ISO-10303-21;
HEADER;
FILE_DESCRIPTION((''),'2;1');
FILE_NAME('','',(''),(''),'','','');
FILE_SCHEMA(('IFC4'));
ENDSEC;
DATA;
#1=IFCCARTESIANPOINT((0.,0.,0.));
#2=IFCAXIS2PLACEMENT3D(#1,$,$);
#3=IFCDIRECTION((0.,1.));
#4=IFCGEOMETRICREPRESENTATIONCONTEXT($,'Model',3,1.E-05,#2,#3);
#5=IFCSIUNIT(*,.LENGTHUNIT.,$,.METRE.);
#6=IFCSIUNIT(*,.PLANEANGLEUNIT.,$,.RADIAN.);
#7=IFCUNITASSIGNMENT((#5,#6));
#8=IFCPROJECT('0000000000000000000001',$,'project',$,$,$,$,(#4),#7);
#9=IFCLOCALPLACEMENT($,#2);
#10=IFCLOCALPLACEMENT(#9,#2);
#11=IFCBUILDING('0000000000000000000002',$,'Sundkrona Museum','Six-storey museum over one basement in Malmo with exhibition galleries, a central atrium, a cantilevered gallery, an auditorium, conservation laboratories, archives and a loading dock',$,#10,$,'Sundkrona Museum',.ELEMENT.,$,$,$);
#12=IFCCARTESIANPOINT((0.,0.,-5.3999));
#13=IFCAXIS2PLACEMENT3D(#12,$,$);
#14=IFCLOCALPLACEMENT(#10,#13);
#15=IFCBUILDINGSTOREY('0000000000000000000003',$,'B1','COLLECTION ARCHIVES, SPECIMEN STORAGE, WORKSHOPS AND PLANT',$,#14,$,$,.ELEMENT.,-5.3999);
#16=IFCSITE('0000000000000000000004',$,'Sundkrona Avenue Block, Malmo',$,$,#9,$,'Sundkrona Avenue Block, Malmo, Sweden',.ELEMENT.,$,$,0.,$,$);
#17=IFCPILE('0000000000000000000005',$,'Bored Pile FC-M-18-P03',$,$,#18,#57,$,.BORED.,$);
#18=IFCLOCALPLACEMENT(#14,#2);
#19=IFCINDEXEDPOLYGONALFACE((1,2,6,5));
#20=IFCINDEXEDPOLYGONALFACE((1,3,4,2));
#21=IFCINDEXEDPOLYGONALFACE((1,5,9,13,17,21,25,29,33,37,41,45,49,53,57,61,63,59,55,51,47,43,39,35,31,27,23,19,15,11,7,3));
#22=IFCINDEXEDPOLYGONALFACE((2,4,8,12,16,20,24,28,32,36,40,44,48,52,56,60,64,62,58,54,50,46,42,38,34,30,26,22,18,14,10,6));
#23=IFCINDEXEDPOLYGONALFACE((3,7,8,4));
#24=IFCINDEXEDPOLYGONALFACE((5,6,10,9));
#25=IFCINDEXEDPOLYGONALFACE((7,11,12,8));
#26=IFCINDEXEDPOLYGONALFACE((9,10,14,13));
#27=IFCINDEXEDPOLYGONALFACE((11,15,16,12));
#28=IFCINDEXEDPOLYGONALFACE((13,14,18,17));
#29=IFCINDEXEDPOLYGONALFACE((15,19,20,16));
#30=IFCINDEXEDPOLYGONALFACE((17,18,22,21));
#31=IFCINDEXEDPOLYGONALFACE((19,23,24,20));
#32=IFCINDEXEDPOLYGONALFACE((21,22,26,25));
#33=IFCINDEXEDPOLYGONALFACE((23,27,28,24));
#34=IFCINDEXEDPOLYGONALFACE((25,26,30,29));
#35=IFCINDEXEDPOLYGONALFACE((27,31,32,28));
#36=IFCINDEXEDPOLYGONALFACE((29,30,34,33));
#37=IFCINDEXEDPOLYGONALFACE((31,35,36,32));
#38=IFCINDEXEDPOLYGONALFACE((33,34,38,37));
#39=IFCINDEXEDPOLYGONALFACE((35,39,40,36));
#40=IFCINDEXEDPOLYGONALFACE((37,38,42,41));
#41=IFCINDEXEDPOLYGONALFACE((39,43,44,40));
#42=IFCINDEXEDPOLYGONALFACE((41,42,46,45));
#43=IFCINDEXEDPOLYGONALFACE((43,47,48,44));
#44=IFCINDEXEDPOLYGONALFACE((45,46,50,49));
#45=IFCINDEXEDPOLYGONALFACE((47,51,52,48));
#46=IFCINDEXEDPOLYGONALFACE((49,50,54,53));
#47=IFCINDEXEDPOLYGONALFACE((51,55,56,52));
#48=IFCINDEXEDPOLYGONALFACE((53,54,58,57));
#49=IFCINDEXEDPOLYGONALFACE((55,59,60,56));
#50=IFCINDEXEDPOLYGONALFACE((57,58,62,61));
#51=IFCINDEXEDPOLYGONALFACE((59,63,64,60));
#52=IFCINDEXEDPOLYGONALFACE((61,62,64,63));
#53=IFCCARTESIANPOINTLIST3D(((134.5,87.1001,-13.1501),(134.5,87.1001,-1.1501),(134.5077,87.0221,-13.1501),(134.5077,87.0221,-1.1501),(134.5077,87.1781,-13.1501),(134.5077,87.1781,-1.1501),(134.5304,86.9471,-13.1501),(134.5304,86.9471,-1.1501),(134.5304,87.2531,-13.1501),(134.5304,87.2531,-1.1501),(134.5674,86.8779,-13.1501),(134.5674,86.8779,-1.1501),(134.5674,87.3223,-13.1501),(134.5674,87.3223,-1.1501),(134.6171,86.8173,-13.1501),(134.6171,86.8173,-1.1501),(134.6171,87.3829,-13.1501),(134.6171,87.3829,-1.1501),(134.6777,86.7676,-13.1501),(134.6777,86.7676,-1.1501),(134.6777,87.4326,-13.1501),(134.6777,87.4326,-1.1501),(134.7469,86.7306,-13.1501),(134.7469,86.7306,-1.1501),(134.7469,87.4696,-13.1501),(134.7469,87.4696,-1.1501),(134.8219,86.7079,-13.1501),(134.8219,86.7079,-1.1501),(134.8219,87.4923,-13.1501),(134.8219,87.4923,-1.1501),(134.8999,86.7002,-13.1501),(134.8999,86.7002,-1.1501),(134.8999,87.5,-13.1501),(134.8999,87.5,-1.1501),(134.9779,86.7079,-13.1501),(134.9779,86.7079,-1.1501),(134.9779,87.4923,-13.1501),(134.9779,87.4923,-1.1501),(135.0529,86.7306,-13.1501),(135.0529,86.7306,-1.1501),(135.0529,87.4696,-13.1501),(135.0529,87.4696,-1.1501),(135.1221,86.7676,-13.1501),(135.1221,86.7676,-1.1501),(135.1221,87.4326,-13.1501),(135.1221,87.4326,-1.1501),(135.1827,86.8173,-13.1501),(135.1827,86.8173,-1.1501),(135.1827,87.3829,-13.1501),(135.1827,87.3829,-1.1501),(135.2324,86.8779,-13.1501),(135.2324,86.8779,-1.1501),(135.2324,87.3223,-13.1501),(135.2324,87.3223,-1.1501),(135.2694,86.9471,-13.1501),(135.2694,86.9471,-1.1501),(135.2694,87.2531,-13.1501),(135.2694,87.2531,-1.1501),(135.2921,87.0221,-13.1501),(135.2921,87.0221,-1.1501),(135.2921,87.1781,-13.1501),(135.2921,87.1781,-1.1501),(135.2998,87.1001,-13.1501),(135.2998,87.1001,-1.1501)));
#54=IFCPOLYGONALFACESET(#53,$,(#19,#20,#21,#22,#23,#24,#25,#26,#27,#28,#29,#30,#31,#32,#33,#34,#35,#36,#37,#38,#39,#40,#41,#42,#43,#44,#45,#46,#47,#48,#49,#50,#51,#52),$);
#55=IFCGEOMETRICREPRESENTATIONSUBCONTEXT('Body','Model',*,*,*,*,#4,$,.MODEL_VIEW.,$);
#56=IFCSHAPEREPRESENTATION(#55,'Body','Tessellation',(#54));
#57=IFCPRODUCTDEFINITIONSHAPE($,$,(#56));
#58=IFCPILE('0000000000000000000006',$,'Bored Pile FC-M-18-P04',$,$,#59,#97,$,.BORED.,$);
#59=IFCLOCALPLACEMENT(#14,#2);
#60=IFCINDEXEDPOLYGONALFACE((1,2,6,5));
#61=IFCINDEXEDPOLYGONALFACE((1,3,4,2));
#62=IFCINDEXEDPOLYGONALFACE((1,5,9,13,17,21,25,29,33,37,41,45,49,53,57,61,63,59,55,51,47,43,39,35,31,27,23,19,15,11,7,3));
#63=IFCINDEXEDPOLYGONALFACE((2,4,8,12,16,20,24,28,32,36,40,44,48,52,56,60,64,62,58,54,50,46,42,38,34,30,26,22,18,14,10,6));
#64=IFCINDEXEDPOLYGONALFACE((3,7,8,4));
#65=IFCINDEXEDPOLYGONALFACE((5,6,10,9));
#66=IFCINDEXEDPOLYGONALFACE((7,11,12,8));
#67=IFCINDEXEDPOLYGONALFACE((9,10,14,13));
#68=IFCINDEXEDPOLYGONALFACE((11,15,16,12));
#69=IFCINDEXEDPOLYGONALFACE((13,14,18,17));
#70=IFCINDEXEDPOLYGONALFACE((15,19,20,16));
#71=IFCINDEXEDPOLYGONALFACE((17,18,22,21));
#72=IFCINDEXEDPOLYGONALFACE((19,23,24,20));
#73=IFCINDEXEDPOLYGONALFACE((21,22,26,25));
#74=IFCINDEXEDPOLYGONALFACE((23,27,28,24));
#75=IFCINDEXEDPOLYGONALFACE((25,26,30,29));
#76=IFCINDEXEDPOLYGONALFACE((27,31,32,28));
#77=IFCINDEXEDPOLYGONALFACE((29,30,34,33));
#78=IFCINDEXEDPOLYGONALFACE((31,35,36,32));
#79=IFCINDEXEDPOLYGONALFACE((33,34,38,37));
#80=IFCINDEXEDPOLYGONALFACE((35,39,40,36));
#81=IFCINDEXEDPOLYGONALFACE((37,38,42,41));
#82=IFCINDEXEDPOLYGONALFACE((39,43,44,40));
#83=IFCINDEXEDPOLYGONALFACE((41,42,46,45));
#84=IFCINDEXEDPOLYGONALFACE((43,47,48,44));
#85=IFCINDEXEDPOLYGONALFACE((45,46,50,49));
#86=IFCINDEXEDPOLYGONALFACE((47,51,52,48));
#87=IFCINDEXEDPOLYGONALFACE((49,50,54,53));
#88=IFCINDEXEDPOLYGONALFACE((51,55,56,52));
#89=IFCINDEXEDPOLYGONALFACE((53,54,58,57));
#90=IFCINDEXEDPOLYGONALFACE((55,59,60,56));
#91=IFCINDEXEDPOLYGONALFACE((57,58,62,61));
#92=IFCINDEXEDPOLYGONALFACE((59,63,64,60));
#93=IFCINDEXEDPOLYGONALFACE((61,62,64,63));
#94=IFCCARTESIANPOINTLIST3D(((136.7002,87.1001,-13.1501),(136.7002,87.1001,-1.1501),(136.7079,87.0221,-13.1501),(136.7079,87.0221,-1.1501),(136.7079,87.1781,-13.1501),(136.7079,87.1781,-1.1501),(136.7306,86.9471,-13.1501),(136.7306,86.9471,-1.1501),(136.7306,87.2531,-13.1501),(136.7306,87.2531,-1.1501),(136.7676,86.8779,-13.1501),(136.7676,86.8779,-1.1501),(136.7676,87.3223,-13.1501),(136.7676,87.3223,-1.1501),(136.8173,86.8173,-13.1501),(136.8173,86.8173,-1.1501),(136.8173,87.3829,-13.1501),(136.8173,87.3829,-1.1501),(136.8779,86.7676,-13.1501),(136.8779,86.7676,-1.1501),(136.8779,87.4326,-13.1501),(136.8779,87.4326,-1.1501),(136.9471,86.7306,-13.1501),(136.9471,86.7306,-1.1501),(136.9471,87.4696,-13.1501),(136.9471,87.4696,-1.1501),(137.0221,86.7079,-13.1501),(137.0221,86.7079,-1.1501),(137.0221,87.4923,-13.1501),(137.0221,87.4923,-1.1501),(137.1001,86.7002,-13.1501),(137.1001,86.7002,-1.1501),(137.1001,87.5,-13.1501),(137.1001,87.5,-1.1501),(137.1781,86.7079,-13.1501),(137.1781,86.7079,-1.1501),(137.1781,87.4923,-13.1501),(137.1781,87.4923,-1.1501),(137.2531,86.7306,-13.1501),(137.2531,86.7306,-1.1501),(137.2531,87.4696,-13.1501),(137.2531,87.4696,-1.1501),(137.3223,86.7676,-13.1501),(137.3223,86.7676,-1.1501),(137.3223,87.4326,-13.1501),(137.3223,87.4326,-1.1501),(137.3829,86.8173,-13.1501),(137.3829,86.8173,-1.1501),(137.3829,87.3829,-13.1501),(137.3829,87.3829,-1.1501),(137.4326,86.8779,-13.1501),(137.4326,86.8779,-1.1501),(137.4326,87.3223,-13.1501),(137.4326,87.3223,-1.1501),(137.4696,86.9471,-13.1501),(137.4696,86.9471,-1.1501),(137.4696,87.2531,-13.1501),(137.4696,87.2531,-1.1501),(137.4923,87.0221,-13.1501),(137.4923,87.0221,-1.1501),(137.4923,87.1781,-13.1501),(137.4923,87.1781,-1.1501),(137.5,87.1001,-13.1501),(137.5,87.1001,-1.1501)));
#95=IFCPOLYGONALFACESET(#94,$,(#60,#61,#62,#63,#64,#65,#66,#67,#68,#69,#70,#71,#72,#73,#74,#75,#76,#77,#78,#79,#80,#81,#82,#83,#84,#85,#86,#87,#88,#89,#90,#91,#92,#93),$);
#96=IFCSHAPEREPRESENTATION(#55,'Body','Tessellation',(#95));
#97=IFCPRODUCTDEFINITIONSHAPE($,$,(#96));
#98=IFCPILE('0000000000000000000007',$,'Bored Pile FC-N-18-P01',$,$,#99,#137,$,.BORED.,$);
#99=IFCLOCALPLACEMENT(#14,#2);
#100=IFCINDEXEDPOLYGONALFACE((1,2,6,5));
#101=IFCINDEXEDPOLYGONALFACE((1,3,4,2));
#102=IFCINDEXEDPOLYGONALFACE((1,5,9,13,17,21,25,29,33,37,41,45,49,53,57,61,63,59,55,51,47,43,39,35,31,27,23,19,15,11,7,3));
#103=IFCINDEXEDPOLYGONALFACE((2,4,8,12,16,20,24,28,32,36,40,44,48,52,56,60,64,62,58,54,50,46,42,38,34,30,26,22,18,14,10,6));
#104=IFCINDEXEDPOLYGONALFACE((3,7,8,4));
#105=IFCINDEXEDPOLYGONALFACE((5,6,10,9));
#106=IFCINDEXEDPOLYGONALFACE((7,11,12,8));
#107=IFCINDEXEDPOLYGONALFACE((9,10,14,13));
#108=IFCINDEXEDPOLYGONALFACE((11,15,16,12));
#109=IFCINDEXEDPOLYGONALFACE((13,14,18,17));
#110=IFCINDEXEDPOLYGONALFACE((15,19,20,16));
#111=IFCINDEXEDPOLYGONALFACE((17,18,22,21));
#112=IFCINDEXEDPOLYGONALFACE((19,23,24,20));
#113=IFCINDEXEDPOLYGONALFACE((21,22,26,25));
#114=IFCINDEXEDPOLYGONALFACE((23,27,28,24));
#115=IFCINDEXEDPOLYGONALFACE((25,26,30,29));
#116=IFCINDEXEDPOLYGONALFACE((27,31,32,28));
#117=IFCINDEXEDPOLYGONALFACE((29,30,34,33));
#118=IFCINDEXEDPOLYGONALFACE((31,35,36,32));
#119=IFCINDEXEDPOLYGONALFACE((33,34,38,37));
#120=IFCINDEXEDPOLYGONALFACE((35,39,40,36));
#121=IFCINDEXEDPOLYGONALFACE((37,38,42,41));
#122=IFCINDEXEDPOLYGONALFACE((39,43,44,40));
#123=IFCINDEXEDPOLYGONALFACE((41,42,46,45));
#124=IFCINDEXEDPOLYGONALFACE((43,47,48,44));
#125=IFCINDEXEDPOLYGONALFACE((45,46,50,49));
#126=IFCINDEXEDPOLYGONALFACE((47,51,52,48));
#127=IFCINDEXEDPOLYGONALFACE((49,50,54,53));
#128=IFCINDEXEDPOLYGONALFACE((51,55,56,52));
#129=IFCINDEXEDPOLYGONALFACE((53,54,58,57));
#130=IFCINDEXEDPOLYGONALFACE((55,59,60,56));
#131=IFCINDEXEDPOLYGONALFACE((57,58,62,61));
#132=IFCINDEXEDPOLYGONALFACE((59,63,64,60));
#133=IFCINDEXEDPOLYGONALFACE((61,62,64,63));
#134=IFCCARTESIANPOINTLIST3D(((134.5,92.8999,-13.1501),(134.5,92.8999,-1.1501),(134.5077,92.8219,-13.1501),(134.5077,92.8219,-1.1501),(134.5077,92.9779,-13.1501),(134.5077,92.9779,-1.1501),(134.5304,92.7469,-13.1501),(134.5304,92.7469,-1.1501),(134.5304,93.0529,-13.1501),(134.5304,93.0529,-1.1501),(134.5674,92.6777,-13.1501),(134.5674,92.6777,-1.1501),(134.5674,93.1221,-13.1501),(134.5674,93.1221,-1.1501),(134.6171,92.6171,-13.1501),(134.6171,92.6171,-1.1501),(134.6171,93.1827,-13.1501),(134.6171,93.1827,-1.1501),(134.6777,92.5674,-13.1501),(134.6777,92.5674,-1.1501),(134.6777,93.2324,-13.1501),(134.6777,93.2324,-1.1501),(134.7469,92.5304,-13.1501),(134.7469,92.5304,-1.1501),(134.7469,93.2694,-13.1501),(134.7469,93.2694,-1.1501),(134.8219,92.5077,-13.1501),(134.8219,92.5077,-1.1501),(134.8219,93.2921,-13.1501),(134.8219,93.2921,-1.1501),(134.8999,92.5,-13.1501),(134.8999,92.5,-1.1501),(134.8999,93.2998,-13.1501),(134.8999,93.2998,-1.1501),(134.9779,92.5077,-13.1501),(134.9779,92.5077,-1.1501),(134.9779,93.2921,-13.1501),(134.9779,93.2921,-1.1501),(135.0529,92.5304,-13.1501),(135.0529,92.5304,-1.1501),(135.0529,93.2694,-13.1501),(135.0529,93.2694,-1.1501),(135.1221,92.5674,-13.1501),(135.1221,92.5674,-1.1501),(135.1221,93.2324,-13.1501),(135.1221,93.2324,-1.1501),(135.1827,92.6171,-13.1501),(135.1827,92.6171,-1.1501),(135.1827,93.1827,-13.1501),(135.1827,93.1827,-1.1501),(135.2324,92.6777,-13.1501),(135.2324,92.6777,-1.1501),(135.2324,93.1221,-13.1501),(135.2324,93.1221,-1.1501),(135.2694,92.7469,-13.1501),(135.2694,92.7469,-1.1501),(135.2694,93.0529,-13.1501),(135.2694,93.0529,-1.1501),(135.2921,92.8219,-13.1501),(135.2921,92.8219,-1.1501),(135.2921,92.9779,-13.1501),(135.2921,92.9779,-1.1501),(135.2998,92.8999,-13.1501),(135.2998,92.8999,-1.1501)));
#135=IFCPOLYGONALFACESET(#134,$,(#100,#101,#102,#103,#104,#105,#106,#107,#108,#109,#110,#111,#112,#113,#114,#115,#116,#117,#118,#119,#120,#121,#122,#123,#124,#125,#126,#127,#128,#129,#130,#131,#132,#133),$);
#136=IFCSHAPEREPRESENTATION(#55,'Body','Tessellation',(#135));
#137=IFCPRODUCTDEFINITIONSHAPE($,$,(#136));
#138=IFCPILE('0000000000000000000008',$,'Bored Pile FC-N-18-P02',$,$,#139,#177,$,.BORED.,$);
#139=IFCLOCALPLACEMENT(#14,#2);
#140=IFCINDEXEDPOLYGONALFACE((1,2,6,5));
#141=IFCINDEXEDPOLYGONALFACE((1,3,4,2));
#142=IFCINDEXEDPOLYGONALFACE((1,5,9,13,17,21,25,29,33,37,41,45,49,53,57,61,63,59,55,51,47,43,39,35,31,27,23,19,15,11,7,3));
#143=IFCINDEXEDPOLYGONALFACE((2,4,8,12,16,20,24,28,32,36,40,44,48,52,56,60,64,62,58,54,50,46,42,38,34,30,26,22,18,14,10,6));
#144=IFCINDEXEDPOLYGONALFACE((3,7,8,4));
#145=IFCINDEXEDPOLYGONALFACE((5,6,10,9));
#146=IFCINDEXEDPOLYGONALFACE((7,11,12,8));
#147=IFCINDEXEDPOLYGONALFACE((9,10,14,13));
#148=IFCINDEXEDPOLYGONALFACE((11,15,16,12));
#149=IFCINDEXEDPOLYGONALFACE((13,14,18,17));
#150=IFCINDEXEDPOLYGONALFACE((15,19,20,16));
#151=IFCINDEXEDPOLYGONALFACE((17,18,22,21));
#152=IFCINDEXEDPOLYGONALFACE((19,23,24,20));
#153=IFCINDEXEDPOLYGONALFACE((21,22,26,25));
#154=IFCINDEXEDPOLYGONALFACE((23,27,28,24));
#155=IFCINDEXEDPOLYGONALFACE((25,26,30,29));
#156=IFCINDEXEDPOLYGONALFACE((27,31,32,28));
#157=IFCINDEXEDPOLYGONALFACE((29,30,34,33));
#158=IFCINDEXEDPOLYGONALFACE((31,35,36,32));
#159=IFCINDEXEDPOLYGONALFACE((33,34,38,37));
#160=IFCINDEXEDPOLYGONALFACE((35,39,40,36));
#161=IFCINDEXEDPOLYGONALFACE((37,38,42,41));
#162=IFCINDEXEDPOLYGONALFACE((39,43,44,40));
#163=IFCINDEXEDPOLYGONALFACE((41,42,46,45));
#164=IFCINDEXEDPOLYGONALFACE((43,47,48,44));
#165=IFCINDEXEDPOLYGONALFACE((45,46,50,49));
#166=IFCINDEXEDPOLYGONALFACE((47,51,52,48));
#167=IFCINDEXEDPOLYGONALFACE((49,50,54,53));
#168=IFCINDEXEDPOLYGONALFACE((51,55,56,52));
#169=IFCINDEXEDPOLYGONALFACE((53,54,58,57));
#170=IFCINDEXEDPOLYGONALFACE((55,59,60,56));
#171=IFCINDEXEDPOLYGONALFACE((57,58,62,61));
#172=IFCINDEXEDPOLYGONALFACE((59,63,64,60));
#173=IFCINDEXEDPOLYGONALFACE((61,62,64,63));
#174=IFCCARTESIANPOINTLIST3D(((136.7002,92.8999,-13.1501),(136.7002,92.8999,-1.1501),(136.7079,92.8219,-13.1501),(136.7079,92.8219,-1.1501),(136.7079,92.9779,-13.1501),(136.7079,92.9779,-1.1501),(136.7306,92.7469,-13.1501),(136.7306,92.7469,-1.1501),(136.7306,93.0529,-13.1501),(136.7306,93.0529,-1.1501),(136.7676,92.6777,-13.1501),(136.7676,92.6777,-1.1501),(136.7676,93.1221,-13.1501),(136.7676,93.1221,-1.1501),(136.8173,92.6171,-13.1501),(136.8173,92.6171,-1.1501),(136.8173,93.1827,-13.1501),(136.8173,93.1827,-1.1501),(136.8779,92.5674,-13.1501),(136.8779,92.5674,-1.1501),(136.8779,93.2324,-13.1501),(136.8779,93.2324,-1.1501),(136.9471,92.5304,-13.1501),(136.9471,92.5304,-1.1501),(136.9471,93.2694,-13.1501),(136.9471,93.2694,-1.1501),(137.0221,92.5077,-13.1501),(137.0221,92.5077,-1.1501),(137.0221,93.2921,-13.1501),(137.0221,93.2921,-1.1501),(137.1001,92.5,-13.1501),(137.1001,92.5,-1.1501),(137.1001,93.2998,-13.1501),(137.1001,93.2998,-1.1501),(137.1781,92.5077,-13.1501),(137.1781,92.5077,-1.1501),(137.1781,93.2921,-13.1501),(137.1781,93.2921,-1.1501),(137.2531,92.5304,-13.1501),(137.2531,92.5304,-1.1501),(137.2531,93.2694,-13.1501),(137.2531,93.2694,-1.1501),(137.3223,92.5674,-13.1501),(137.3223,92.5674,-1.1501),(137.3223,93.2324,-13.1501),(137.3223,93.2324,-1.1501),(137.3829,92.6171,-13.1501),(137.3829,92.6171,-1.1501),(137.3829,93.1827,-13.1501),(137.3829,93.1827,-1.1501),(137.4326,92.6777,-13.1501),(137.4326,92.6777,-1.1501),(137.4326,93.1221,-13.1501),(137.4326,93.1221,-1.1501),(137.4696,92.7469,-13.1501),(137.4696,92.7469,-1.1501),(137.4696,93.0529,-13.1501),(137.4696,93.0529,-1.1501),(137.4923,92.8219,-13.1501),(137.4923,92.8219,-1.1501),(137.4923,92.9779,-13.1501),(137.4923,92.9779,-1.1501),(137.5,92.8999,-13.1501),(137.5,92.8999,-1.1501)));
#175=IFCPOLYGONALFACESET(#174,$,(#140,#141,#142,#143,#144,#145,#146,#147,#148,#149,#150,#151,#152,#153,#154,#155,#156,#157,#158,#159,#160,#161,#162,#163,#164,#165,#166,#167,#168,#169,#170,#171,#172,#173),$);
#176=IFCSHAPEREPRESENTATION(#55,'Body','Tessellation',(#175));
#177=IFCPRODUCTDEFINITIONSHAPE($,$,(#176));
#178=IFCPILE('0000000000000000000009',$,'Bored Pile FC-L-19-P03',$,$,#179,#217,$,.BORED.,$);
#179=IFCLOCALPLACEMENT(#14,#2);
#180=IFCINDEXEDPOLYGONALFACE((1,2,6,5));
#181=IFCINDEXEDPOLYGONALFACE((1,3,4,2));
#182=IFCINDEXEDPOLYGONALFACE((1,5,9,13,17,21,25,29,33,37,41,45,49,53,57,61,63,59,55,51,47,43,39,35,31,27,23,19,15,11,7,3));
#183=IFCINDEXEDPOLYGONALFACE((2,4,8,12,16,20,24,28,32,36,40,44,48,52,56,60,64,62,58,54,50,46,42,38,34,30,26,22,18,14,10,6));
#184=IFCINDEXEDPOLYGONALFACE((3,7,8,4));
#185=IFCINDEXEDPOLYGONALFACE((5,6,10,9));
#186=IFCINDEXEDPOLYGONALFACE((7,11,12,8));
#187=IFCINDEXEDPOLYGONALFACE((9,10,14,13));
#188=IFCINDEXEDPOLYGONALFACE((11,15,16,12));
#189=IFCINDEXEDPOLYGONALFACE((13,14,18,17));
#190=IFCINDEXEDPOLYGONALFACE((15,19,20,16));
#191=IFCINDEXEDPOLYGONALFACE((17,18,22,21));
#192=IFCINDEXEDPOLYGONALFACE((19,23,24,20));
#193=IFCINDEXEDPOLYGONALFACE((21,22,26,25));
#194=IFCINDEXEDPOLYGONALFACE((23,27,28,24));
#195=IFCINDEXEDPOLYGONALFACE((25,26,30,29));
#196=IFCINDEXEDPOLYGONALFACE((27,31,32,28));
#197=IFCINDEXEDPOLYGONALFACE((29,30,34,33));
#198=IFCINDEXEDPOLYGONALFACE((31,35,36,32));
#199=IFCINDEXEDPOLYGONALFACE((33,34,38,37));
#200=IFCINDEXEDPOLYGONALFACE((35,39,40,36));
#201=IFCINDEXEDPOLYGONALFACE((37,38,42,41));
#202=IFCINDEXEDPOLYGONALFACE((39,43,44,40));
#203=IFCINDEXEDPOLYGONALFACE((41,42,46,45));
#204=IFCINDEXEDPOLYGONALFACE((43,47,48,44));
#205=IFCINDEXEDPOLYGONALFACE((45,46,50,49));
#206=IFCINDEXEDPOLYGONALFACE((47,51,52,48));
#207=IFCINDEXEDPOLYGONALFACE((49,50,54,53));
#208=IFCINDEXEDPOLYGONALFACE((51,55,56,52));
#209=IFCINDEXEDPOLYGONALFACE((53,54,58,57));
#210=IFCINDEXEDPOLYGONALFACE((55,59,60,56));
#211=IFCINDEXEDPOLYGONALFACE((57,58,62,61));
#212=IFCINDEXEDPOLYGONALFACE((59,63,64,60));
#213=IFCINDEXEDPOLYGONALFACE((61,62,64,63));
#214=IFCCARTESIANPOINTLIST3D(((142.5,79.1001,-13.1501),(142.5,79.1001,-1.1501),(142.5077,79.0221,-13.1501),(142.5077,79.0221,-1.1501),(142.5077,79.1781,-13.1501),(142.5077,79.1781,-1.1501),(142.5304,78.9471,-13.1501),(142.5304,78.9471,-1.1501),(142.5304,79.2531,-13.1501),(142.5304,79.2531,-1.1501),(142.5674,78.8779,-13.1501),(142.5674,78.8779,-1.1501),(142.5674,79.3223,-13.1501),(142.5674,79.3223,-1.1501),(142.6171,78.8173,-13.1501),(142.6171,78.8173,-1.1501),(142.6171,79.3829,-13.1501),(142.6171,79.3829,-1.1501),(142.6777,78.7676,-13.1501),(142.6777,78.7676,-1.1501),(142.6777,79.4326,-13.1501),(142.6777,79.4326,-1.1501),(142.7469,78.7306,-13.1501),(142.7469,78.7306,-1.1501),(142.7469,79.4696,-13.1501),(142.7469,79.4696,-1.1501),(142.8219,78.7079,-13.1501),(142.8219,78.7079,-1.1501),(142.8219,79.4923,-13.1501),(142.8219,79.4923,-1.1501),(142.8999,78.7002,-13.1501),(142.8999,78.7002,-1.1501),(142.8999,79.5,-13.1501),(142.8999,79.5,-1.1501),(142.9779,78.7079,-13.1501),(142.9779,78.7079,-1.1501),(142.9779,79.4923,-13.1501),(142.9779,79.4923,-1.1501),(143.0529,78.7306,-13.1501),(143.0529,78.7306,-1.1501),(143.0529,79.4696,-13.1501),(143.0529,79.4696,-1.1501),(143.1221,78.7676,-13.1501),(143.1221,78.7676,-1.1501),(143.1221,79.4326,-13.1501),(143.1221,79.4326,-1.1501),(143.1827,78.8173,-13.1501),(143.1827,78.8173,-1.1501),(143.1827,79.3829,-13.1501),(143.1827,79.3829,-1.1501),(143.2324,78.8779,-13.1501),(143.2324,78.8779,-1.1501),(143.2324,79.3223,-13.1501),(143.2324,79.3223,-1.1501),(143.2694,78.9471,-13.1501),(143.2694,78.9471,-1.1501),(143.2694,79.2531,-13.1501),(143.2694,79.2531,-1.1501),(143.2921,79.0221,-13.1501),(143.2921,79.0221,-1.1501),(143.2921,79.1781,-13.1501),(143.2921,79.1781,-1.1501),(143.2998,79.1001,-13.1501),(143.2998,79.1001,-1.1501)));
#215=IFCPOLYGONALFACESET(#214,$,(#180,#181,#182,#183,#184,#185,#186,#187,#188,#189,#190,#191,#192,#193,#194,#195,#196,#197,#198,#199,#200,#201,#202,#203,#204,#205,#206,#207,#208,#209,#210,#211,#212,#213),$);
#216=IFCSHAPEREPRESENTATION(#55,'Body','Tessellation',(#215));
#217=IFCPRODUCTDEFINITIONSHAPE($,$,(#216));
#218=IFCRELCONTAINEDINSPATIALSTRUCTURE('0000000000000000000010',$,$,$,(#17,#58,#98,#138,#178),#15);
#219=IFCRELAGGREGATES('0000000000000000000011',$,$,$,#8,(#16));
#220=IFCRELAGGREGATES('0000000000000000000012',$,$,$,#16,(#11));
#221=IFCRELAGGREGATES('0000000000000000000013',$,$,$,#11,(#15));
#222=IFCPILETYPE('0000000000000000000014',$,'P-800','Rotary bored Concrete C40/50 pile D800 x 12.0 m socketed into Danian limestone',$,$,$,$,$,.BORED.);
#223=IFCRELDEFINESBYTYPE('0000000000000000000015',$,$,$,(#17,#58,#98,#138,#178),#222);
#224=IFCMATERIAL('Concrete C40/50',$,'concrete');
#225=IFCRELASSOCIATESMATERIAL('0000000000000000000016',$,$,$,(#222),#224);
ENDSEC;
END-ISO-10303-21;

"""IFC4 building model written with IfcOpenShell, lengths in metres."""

from ifc_helpers import new_model, si_unit, direction, frame, origin, origin_2d, place, context, subcontext, project, spatial, circle, extrude, material, material_profile, profile_set, type_object, element, save


model = new_model("IFC4")

# Units and contexts
model_context = context("Model", 3, precision=1e-05, world=origin(), true_north=direction((0.0, 1.0)))
body_context = subcontext(model_context, "Body", "Model", "MODEL_VIEW")
ifc_project = project(units=[si_unit("LENGTHUNIT", "METRE"), si_unit("PLANEANGLEUNIT", "RADIAN")], contexts=[model_context])

# Site, building, storey
site_placement = place(None, origin())
site = spatial("IfcSite", under=ifc_project, at=site_placement, Name="Sundkrona Avenue Block, Malmo", LongName="Sundkrona Avenue Block, Malmo, Sweden", CompositionType="ELEMENT", RefElevation=0.0)
building_placement = place(site_placement, origin())
building = spatial("IfcBuilding", under=site, at=building_placement, Name="Sundkrona Museum", Description="Six-storey museum over one basement in Malmo with exhibition galleries, a central atrium, a cantilevered gallery, an auditorium, conservation laboratories, archives and a loading dock", LongName="Sundkrona Museum", CompositionType="ELEMENT")
storey_placement = place(building_placement, frame((0.0, 0.0, -5.3999)))
storey = spatial("IfcBuildingStorey", under=building, at=storey_placement, Name="B1", Description="COLLECTION ARCHIVES, SPECIMEN STORAGE, WORKSHOPS AND PLANT", CompositionType="ELEMENT", Elevation=-5.3999)

# Shared definitions
ifc_material_1 = material(Name="Concrete C40/50", Category="concrete")

# Piles
ifc_material_profile_1 = material_profile(ifc_material_1, circle(Radius=0.3999, at=origin_2d()), Name="PILE D800")
ifc_profile_set_1 = profile_set([ifc_material_profile_1], Name="Concrete C40/50")
pile_type = type_object("IfcPileType", Name="P-800", Description="Rotary bored Concrete C40/50 pile D800 x 12.0 m socketed into Danian limestone", PredefinedType="BORED", material=ifc_profile_set_1)
for number, where, z_axis, x_axis, name in (
    (1, (134.8999, 87.1001, -1.1501), (0.0, 0.0, -1.0), (1.0, 0.0, 0.0), "Bored Pile FC-M-18-P03"),
    (2, (137.1001, 87.1001, -1.1501), (0.0, 0.0, -1.0), (1.0, 0.0, 0.0), "Bored Pile FC-M-18-P04"),
    (3, (134.8999, 92.8999, -1.1501), (0.0, 0.0, -1.0), (1.0, 0.0, 0.0), "Bored Pile FC-N-18-P01"),
    (4, (137.1001, 92.8999, -1.1501), (0.0, 0.0, -1.0), (1.0, 0.0, 0.0), "Bored Pile FC-N-18-P02"),
    (5, (142.8999, 79.1001, -1.1501), (0.0, 0.0, -1.0), (1.0, 0.0, 0.0), "Bored Pile FC-L-19-P03"),
):
    element("IfcPile", number, at=place(storey_placement, frame(where, z_axis=z_axis, x_axis=x_axis)), inside=storey, type_object=pile_type, Name=name, PredefinedType="BORED", context=body_context, shape_type="SweptSolid", body=[
        extrude(circle(Radius=0.3999, at=origin_2d()), origin(), (0.0, 0.0, 1.0), 12.0),
    ])

save(model, "model.ifc")
